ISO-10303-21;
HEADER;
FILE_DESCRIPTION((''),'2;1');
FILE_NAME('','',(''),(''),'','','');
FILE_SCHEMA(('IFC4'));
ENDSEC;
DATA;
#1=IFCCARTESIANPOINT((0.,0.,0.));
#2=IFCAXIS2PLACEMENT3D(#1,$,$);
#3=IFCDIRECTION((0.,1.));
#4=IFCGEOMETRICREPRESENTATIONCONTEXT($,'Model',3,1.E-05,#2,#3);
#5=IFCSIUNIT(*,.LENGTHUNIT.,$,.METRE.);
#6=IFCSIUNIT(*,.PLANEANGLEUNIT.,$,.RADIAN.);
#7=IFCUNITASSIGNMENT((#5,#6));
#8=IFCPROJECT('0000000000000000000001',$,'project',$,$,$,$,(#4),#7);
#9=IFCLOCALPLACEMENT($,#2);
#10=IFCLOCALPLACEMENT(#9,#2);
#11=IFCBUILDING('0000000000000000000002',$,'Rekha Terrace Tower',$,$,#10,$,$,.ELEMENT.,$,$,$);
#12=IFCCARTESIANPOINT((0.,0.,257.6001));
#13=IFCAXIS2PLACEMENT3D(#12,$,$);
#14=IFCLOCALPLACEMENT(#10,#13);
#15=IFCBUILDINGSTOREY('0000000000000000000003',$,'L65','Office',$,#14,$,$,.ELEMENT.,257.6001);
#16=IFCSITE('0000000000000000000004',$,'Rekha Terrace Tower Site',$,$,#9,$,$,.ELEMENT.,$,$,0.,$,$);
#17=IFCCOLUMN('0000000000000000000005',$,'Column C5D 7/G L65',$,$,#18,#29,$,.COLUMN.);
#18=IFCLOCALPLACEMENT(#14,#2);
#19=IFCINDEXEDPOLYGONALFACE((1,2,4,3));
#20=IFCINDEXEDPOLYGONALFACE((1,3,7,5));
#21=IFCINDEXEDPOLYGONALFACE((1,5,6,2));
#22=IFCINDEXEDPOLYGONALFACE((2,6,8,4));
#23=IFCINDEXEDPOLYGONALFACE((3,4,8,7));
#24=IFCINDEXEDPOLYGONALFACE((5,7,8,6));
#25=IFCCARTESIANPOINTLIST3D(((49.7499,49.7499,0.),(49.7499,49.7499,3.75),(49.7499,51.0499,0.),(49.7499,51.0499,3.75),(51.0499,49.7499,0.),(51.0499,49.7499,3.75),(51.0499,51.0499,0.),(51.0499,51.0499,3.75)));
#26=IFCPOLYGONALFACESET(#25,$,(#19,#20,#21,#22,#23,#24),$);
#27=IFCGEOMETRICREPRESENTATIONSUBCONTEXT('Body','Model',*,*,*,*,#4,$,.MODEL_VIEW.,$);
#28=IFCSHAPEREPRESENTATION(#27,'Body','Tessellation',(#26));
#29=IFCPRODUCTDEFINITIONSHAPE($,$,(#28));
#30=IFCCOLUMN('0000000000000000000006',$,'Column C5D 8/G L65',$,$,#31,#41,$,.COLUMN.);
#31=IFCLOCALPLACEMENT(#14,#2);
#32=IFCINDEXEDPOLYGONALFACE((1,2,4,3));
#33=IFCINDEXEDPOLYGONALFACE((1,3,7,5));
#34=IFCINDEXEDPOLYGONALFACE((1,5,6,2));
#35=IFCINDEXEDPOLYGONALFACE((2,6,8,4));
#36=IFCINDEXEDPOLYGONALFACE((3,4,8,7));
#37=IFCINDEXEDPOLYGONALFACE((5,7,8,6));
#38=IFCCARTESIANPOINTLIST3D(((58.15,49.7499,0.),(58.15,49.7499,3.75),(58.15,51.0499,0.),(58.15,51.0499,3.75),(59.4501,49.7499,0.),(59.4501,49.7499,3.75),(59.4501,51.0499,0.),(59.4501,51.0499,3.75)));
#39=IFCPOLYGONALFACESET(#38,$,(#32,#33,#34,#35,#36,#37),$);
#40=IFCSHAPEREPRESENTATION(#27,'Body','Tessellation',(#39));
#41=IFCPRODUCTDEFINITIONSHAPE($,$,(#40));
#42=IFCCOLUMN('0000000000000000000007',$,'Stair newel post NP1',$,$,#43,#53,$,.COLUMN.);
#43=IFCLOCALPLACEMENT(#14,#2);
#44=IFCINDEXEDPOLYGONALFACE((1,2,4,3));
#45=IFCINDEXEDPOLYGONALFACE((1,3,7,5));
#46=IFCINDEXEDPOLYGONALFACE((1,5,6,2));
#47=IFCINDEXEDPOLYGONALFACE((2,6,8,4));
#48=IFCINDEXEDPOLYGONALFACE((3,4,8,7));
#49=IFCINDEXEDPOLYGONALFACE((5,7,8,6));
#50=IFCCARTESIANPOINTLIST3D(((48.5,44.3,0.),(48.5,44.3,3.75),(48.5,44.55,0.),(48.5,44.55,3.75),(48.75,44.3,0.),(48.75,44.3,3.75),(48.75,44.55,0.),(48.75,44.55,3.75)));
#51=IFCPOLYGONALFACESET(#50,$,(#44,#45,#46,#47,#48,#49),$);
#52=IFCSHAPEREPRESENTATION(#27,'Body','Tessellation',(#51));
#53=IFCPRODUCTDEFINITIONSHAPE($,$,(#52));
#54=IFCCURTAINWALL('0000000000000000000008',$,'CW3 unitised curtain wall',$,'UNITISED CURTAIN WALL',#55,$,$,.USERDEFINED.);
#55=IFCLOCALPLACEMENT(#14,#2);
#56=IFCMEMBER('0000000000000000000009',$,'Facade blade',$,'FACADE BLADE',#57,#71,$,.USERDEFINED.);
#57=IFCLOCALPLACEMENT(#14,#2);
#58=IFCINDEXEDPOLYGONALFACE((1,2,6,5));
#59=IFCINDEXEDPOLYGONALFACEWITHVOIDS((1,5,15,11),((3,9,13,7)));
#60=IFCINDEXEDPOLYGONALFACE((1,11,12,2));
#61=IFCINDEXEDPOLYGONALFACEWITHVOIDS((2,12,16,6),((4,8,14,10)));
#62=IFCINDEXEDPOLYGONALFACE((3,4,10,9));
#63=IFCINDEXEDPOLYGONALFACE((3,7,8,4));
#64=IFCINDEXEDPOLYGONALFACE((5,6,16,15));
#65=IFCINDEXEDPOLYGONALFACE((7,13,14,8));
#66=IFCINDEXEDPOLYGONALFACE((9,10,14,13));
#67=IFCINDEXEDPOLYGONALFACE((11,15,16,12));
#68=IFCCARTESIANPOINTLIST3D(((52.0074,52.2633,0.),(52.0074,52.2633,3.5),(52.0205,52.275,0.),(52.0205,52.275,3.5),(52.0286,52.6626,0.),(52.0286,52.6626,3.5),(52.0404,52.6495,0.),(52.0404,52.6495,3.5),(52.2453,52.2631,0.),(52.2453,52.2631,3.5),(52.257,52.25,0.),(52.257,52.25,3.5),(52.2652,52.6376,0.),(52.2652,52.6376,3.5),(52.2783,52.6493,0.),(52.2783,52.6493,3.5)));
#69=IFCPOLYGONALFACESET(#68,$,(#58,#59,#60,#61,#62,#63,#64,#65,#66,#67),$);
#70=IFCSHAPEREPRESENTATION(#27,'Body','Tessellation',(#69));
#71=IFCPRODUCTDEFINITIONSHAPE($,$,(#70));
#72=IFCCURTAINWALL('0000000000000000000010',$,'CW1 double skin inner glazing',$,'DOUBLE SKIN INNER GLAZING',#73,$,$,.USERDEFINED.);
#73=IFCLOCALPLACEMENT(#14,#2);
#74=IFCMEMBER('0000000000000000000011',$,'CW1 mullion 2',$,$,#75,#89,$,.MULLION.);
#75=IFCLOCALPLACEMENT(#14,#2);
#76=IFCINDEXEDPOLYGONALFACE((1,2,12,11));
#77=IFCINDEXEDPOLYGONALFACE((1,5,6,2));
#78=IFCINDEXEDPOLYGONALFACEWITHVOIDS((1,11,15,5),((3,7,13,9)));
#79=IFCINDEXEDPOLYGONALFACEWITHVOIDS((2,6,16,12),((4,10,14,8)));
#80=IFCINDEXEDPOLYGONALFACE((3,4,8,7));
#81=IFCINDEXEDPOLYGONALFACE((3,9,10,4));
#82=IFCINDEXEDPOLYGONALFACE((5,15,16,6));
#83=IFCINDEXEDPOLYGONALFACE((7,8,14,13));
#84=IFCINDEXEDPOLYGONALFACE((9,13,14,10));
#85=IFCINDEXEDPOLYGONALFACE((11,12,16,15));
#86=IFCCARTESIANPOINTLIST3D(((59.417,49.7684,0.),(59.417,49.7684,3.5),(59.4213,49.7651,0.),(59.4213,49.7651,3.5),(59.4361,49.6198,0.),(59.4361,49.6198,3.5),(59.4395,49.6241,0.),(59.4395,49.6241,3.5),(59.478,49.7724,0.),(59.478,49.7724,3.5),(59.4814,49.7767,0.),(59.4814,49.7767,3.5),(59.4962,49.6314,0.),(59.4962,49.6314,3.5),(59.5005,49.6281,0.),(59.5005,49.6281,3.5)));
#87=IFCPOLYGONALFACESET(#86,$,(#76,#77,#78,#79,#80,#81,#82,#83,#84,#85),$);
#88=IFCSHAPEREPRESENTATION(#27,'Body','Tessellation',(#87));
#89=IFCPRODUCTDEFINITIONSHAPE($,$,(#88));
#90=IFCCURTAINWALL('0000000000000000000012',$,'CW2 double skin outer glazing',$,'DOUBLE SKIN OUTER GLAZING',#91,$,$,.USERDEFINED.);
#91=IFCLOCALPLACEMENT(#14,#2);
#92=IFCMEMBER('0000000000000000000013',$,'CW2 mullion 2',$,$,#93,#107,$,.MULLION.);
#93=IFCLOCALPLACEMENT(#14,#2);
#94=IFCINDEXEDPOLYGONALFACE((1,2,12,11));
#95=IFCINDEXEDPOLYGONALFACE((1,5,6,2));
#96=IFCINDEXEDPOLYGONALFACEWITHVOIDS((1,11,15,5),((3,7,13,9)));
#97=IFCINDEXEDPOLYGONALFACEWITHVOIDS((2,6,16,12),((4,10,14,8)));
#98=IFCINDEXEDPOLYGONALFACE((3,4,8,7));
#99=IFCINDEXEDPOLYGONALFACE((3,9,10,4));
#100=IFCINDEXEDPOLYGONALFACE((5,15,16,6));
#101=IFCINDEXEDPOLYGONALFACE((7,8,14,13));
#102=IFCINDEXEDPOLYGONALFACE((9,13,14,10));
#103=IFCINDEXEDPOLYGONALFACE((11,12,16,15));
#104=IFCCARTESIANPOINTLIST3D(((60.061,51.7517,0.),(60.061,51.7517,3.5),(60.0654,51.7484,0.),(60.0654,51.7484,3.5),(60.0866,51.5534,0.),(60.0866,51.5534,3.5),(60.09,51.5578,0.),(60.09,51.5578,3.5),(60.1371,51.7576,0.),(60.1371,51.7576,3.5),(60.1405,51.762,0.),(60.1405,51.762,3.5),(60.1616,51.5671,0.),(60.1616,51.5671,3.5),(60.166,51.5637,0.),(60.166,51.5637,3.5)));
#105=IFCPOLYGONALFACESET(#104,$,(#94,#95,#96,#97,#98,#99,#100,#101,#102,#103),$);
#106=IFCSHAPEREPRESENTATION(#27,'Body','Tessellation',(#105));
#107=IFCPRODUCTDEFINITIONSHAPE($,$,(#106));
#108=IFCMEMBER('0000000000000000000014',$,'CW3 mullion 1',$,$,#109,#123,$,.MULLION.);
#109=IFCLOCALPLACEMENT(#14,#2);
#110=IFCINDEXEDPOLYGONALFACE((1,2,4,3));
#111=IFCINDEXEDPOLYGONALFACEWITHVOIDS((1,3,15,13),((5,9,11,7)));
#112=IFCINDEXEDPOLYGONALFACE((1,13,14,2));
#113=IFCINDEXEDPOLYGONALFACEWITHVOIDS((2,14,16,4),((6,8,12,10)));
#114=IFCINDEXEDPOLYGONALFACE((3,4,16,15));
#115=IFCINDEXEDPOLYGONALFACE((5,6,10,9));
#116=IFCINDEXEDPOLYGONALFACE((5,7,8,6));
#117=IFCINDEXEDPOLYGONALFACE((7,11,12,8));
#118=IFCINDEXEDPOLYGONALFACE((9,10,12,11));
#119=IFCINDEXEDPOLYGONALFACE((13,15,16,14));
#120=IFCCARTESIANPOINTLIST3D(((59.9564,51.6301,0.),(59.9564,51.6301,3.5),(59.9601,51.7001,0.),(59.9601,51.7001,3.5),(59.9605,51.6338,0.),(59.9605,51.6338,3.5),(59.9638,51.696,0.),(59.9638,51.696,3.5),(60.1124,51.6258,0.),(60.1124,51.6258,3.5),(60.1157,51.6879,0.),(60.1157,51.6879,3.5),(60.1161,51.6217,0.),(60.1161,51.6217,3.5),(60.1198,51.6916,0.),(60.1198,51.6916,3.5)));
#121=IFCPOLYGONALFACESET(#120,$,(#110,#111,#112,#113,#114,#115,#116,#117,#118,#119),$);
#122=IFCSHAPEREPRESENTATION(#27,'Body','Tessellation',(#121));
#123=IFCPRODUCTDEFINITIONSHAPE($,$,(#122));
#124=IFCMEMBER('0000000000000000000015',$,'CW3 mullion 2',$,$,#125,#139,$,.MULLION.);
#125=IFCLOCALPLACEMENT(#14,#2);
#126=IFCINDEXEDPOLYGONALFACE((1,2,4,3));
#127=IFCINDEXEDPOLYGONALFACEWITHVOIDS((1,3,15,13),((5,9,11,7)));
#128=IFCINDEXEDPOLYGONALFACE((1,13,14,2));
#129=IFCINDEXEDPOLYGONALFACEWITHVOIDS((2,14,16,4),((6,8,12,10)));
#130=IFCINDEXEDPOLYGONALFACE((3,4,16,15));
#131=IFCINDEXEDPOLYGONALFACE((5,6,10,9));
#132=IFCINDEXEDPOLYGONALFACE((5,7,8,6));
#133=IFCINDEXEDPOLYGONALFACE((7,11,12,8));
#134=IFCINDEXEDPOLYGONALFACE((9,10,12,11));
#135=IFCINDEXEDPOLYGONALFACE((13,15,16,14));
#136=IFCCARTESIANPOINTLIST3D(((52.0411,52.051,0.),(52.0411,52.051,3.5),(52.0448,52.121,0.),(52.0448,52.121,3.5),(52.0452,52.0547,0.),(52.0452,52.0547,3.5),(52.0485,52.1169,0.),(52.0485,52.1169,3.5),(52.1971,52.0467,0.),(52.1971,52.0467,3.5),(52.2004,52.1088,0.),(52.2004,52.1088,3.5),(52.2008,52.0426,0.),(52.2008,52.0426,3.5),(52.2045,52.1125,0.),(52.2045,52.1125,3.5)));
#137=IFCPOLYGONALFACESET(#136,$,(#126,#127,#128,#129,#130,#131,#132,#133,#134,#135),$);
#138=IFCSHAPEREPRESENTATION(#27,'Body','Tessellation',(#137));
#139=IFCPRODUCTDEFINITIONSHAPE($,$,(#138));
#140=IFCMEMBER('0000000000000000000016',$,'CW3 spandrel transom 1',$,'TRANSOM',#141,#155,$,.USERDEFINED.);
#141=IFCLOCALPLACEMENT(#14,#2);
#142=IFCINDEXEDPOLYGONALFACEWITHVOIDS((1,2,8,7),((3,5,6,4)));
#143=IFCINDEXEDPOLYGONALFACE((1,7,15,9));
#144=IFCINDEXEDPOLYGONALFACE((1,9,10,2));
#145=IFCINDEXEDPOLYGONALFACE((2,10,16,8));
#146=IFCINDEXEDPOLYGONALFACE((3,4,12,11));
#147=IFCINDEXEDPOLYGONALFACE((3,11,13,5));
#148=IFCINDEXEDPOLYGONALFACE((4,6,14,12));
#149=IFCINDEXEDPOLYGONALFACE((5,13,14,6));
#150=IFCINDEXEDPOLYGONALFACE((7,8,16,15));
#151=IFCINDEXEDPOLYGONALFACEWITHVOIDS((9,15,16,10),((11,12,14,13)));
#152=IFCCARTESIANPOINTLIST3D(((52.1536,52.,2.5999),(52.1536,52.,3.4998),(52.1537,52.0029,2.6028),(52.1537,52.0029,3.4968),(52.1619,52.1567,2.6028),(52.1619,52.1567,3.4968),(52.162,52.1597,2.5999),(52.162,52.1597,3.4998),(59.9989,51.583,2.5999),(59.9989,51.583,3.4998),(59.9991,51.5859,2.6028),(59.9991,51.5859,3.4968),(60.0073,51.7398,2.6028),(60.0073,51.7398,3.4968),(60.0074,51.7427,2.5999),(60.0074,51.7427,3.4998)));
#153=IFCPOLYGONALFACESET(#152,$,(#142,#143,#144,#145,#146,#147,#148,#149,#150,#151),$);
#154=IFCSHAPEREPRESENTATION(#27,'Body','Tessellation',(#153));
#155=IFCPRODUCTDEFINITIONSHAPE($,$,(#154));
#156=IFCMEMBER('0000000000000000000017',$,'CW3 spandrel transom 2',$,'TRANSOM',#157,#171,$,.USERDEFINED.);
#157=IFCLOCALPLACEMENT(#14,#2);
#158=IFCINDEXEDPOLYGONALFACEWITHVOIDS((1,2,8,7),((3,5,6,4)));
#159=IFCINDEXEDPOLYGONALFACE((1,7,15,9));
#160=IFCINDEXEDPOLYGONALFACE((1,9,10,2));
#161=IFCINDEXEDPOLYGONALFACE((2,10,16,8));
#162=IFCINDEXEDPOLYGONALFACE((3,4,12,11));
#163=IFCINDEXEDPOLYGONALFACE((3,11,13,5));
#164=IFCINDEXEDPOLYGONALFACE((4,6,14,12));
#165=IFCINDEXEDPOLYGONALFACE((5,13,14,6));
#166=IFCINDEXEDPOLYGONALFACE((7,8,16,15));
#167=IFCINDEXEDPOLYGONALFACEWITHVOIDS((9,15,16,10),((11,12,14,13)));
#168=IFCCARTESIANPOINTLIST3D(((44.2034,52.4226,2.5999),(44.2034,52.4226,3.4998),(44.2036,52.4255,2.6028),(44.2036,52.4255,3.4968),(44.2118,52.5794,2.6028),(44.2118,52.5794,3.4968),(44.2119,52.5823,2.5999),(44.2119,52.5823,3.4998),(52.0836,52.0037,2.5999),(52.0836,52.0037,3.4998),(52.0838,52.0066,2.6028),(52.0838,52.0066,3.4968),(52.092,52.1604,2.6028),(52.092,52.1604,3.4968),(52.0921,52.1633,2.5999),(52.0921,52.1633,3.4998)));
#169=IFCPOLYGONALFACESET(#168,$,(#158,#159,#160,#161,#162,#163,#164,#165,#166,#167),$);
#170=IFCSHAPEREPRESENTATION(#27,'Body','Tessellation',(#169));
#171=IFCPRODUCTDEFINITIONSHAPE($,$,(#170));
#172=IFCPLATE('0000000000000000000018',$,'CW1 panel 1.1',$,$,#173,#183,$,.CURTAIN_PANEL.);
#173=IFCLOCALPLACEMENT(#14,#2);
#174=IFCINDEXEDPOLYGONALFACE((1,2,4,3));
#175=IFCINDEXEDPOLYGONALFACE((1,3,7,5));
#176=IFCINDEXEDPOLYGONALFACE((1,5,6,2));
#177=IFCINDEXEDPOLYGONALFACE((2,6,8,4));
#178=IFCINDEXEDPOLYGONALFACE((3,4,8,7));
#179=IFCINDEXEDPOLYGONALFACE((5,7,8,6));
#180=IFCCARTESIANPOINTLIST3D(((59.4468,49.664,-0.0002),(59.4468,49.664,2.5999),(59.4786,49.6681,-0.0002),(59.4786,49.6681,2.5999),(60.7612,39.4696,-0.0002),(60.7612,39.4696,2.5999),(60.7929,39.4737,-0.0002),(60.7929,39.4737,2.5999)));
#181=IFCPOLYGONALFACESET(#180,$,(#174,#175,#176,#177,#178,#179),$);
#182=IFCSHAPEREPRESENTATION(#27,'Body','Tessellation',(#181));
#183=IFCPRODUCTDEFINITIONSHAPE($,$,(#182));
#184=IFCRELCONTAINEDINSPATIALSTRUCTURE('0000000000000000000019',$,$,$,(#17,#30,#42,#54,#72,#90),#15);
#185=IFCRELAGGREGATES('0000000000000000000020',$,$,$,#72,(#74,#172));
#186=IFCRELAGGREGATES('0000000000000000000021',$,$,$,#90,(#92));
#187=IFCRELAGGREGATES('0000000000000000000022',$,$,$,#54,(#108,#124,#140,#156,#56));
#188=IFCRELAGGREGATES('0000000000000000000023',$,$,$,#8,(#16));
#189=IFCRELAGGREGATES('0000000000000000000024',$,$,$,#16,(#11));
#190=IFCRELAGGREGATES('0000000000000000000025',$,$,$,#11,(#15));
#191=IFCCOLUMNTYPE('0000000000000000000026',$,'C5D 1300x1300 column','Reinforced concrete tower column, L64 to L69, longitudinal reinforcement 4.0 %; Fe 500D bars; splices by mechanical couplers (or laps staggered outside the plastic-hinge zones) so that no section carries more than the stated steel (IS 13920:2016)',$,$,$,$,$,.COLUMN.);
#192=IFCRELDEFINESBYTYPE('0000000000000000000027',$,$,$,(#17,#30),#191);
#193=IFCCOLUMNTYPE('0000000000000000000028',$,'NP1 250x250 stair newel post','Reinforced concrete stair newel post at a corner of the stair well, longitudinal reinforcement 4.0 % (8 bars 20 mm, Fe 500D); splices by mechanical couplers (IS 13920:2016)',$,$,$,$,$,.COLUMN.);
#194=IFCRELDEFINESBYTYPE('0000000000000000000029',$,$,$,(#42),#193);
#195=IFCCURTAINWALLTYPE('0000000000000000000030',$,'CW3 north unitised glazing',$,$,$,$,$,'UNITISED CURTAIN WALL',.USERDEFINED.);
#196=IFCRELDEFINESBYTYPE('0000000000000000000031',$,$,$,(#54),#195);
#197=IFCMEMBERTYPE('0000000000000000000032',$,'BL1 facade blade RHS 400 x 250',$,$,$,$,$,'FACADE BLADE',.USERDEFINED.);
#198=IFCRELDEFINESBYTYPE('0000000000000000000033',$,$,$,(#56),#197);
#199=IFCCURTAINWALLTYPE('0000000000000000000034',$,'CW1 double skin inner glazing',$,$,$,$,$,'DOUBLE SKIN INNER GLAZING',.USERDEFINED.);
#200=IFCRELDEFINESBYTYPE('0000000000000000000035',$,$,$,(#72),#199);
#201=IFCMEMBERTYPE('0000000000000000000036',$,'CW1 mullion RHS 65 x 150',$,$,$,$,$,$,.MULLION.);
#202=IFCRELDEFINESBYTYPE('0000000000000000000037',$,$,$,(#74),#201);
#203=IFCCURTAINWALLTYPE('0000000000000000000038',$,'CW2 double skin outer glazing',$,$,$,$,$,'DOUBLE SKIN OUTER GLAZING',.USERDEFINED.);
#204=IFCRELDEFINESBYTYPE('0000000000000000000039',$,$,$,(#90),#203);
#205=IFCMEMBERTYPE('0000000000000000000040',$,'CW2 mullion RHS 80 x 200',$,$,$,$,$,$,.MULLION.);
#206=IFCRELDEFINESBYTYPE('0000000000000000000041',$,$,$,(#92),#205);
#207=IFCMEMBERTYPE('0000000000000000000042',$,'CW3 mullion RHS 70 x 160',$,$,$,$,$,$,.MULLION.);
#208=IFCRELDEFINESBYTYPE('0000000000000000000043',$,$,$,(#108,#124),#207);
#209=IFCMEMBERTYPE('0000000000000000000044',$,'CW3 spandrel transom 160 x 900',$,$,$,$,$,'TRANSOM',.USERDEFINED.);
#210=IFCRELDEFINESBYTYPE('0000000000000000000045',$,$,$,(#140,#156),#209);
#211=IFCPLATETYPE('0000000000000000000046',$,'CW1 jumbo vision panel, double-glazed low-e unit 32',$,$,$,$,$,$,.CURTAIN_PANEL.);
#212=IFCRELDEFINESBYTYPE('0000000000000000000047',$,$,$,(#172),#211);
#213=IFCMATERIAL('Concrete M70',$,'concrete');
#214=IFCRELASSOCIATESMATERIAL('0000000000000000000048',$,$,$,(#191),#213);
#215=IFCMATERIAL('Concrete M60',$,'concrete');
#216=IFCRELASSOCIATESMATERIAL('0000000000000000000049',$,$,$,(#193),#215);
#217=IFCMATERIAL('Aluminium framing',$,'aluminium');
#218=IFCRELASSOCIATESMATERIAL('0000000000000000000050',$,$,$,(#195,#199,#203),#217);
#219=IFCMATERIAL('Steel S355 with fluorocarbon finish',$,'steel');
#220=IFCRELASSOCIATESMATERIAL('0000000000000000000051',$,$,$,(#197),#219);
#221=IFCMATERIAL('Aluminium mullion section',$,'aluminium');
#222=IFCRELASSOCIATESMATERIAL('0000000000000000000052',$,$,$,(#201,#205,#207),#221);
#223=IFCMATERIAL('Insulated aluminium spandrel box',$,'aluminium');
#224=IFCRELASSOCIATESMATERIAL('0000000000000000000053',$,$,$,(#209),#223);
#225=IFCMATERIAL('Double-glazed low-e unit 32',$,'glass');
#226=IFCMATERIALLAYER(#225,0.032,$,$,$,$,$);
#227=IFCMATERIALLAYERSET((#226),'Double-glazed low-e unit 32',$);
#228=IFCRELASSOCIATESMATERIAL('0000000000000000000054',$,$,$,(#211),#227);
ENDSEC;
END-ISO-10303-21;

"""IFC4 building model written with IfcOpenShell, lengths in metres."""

from ifc_helpers import new_model, si_unit, direction, frame, origin, origin_2d, place, context, subcontext, project, spatial, rectangle, hollow_rectangle, extrude, material, layer, layer_set, material_profile, profile_set, type_object, element, aggregate, save


model = new_model("IFC4")

# Units and contexts
model_context = context("Model", 3, precision=1e-05, world=origin(), true_north=direction((0.0, 1.0)))
body_context = subcontext(model_context, "Body", "Model", "MODEL_VIEW")
ifc_project = project(units=[si_unit("LENGTHUNIT", "METRE"), si_unit("PLANEANGLEUNIT", "RADIAN")], contexts=[model_context])

# Site, building, storey
site_placement = place(None, origin())
site = spatial("IfcSite", under=ifc_project, at=site_placement, Name="Rekha Terrace Tower Site", CompositionType="ELEMENT", RefElevation=0.0)
building_placement = place(site_placement, origin())
building = spatial("IfcBuilding", under=site, at=building_placement, Name="Rekha Terrace Tower", CompositionType="ELEMENT")
storey_placement = place(building_placement, frame((0.0, 0.0, 257.6001)))
storey = spatial("IfcBuildingStorey", under=building, at=storey_placement, Name="L65", Description="Office", CompositionType="ELEMENT", Elevation=257.6001)

# Columns
ifc_material_1 = material(Name="Concrete M70", Category="concrete")
ifc_material_profile_1 = material_profile(ifc_material_1, rectangle(XDim=1.3, YDim=1.3, at=origin_2d()), Name="RC 1300x1300")
ifc_profile_set_1 = profile_set([ifc_material_profile_1], Name="Concrete M70")
column_type_1 = type_object("IfcColumnType", Name="C5D 1300x1300 column", Description="Reinforced concrete tower column, L64 to L69, longitudinal reinforcement 4.0 %; Fe 500D bars; splices by mechanical couplers (or laps staggered outside the plastic-hinge zones) so that no section carries more than the stated steel (IS 13920:2016)", PredefinedType="COLUMN", material=ifc_profile_set_1)
for number, where, z_axis, x_axis, name in (
    (1, (50.3999, 50.3999, 0.0), (0.0, 0.0, 1.0), (1.0, 0.0, 0.0), "Column C5D 7/G L65"),
    (2, (58.8, 50.3999, 0.0), (0.0, 0.0, 1.0), (1.0, 0.0, 0.0), "Column C5D 8/G L65"),
):
    element("IfcColumn", number, at=place(storey_placement, frame(where, z_axis=z_axis, x_axis=x_axis)), inside=storey, type_object=column_type_1, Name=name, PredefinedType="COLUMN", context=body_context, shape_type="SweptSolid", body=[
        extrude(rectangle(XDim=1.3, YDim=1.3, at=origin_2d()), origin(), (0.0, 0.0, 1.0), 3.75),
    ])
ifc_material_2 = material(Name="Concrete M60", Category="concrete")
ifc_material_profile_2 = material_profile(ifc_material_2, rectangle(XDim=0.25, YDim=0.25, at=origin_2d()), Name="RC 250x250")
ifc_profile_set_2 = profile_set([ifc_material_profile_2], Name="Concrete M60")
column_type_2 = type_object("IfcColumnType", Name="NP1 250x250 stair newel post", Description="Reinforced concrete stair newel post at a corner of the stair well, longitudinal reinforcement 4.0 % (8 bars 20 mm, Fe 500D); splices by mechanical couplers (IS 13920:2016)", PredefinedType="COLUMN", material=ifc_profile_set_2)
column_placement = place(storey_placement, frame((48.625, 44.425, 0.0), z_axis=(0.0, 0.0, 1.0), x_axis=(1.0, 0.0, 0.0)))
element("IfcColumn", 3, at=column_placement, inside=storey, type_object=column_type_2, Name="Stair newel post NP1", PredefinedType="COLUMN", context=body_context, shape_type="SweptSolid", body=[
    extrude(rectangle(XDim=0.25, YDim=0.25, at=origin_2d()), origin(), (0.0, 0.0, 1.0), 3.75),
])

# Curtain walls, members
ifc_material_3 = material(Name="Aluminium framing", Category="aluminium")
curtain_wall_type_1 = type_object("IfcCurtainWallType", Name="CW3 north unitised glazing", ElementType="UNITISED CURTAIN WALL", PredefinedType="USERDEFINED", material=ifc_material_3)
curtain_wall_1_placement = place(storey_placement, origin())
curtain_wall_1 = element("IfcCurtainWall", 4, at=curtain_wall_1_placement, inside=storey, type_object=curtain_wall_type_1, Name="CW3 unitised curtain wall", ObjectType="UNITISED CURTAIN WALL", PredefinedType="USERDEFINED")
ifc_material_4 = material(Name="Steel S355 with fluorocarbon finish", Category="steel")
ifc_material_profile_3 = material_profile(ifc_material_4, hollow_rectangle(XDim=0.25, YDim=0.3999, WallThickness=0.0125, at=origin_2d()), Name="RHS400x250x12.5")
ifc_profile_set_3 = profile_set([ifc_material_profile_3], Name="Steel S355 with fluorocarbon finish")
member_type_1 = type_object("IfcMemberType", Name="BL1 facade blade RHS 400 x 250", ElementType="FACADE BLADE", PredefinedType="USERDEFINED", material=ifc_profile_set_3)
member_1_placement = place(storey_placement, frame((52.1428, 52.4563, 0.0), z_axis=(0.0, 0.0, 1.0), x_axis=(-0.99859, 0.053084, 0.0)))
member_1 = element("IfcMember", 5, at=member_1_placement, type_object=member_type_1, Name="Facade blade", ObjectType="FACADE BLADE", PredefinedType="USERDEFINED", context=body_context, shape_type="SweptSolid", body=[
    extrude(hollow_rectangle(XDim=0.25, YDim=0.3999, WallThickness=0.0125, at=origin_2d()), origin(), (0.0, 0.0, 1.0), 3.5),
])
curtain_wall_type_2 = type_object("IfcCurtainWallType", Name="CW1 double skin inner glazing", ElementType="DOUBLE SKIN INNER GLAZING", PredefinedType="USERDEFINED", material=ifc_material_3)
curtain_wall_2_placement = place(storey_placement, origin())
curtain_wall_2 = element("IfcCurtainWall", 6, at=curtain_wall_2_placement, inside=storey, type_object=curtain_wall_type_2, Name="CW1 double skin inner glazing", ObjectType="DOUBLE SKIN INNER GLAZING", PredefinedType="USERDEFINED")
ifc_material_5 = material(Name="Aluminium mullion section", Category="aluminium")
ifc_material_profile_4 = material_profile(ifc_material_5, hollow_rectangle(XDim=0.0649, YDim=0.1499, WallThickness=0.0039, at=origin_2d()), Name="AL RHS 65x150")
ifc_profile_set_4 = profile_set([ifc_material_profile_4], Name="Aluminium mullion section")
member_type_2 = type_object("IfcMemberType", Name="CW1 mullion RHS 65 x 150", PredefinedType="MULLION", material=ifc_profile_set_4)
member_2_placement = place(storey_placement, frame((59.4587, 49.6982, 0.0), z_axis=(0.0, 0.0, 1.0), x_axis=(-0.991791, -0.12787, 0.0)))
member_2 = element("IfcMember", 7, at=member_2_placement, type_object=member_type_2, Name="CW1 mullion 2", PredefinedType="MULLION", context=body_context, shape_type="SweptSolid", body=[
    extrude(hollow_rectangle(XDim=0.0649, YDim=0.1499, WallThickness=0.0039, at=origin_2d()), origin(), (0.0, 0.0, 1.0), 3.5),
])
curtain_wall_type_3 = type_object("IfcCurtainWallType", Name="CW2 double skin outer glazing", ElementType="DOUBLE SKIN OUTER GLAZING", PredefinedType="USERDEFINED", material=ifc_material_3)
curtain_wall_3_placement = place(storey_placement, origin())
curtain_wall_3 = element("IfcCurtainWall", 8, at=curtain_wall_3_placement, inside=storey, type_object=curtain_wall_type_3, Name="CW2 double skin outer glazing", ObjectType="DOUBLE SKIN OUTER GLAZING", PredefinedType="USERDEFINED")
ifc_material_profile_5 = material_profile(ifc_material_5, hollow_rectangle(XDim=0.0801, YDim=0.2, WallThickness=0.0039, at=origin_2d()), Name="AL RHS 80x200")
ifc_profile_set_5 = profile_set([ifc_material_profile_5], Name="Aluminium mullion section")
member_type_3 = type_object("IfcMemberType", Name="CW2 mullion RHS 80 x 200", PredefinedType="MULLION", material=ifc_profile_set_5)
member_3_placement = place(storey_placement, frame((60.1135, 51.6577, 0.0), z_axis=(0.0, 0.0, 1.0), x_axis=(-0.991791, -0.12787, 0.0)))
member_3 = element("IfcMember", 9, at=member_3_placement, type_object=member_type_3, Name="CW2 mullion 2", PredefinedType="MULLION", context=body_context, shape_type="SweptSolid", body=[
    extrude(hollow_rectangle(XDim=0.0801, YDim=0.2, WallThickness=0.0039, at=origin_2d()), origin(), (0.0, 0.0, 1.0), 3.5),
])

# Members
ifc_material_profile_6 = material_profile(ifc_material_5, hollow_rectangle(XDim=0.0701, YDim=0.1599, WallThickness=0.0039, at=origin_2d()), Name="AL RHS 70x160")
ifc_profile_set_6 = profile_set([ifc_material_profile_6], Name="Aluminium mullion section")
member_type_4 = type_object("IfcMemberType", Name="CW3 mullion RHS 70 x 160", PredefinedType="MULLION", material=ifc_profile_set_6)
member_4_placement = place(storey_placement, frame((60.0381, 51.6609, 0.0), z_axis=(0.0, 0.0, 1.0), x_axis=(-0.053083, -0.99859, 0.0)))
member_4 = element("IfcMember", 10, at=member_4_placement, type_object=member_type_4, Name="CW3 mullion 1", PredefinedType="MULLION", context=body_context, shape_type="SweptSolid", body=[
    extrude(hollow_rectangle(XDim=0.0701, YDim=0.1599, WallThickness=0.0039, at=origin_2d()), origin(), (0.0, 0.0, 1.0), 3.5),
])
member_5_placement = place(storey_placement, frame((52.1228, 52.0818, 0.0), z_axis=(0.0, 0.0, 1.0), x_axis=(-0.053083, -0.99859, 0.0)))
member_5 = element("IfcMember", 11, at=member_5_placement, type_object=member_type_4, Name="CW3 mullion 2", PredefinedType="MULLION", context=body_context, shape_type="SweptSolid", body=[
    extrude(hollow_rectangle(XDim=0.0701, YDim=0.1599, WallThickness=0.0039, at=origin_2d()), origin(), (0.0, 0.0, 1.0), 3.5),
])
ifc_material_6 = material(Name="Insulated aluminium spandrel box", Category="aluminium")
ifc_material_profile_7 = material_profile(ifc_material_6, hollow_rectangle(XDim=0.1599, YDim=0.8999, WallThickness=0.0029, at=origin_2d()), Name="AL SPANDREL BOX 160x900")
ifc_profile_set_7 = profile_set([ifc_material_profile_7], Name="Insulated aluminium spandrel box")
member_type_5 = type_object("IfcMemberType", Name="CW3 spandrel transom 160 x 900", ElementType="TRANSOM", PredefinedType="USERDEFINED", material=ifc_profile_set_7)
member_6_placement = place(storey_placement, frame((60.0032, 51.6628, 3.0498), z_axis=(-0.99859, 0.053076, 0.0), x_axis=(-0.053076, -0.99859, 0.0)))
member_6 = element("IfcMember", 12, at=member_6_placement, type_object=member_type_5, Name="CW3 spandrel transom 1", ObjectType="TRANSOM", PredefinedType="USERDEFINED", context=body_context, shape_type="SweptSolid", body=[
    extrude(hollow_rectangle(XDim=0.1599, YDim=0.8999, WallThickness=0.0029, at=origin_2d()), origin(), (0.0, 0.0, 1.0), 7.8564),
])
member_7_placement = place(storey_placement, frame((52.0879, 52.0835, 3.0498), z_axis=(-0.99859, 0.05309, 0.0), x_axis=(-0.05309, -0.99859, 0.0)))
member_7 = element("IfcMember", 13, at=member_7_placement, type_object=member_type_5, Name="CW3 spandrel transom 2", ObjectType="TRANSOM", PredefinedType="USERDEFINED", context=body_context, shape_type="SweptSolid", body=[
    extrude(hollow_rectangle(XDim=0.1599, YDim=0.8999, WallThickness=0.0029, at=origin_2d()), origin(), (0.0, 0.0, 1.0), 7.8914),
])

# Plate
ifc_material_7 = material(Name="Double-glazed low-e unit 32", Category="glass")
ifc_layer_1 = layer(ifc_material_7, 0.032)
ifc_layer_set_1 = layer_set([ifc_layer_1], Name="Double-glazed low-e unit 32")
plate_type_1 = type_object("IfcPlateType", Name="CW1 jumbo vision panel, double-glazed low-e unit 32", PredefinedType="CURTAIN_PANEL", material=ifc_layer_set_1)
plate_1_placement = place(storey_placement, frame((60.1199, 44.5688, -0.0002), z_axis=(0.0, 0.0, 1.0), x_axis=(-0.12787, 0.991791, 0.0)))
plate_1 = element("IfcPlate", 14, at=plate_1_placement, type_object=plate_type_1, Name="CW1 panel 1.1", PredefinedType="CURTAIN_PANEL", context=body_context, shape_type="SweptSolid", body=[
    extrude(rectangle(XDim=10.2788, YDim=0.032, at=origin_2d()), origin(), (0.0, 0.0, 1.0), 2.6001),
])
aggregate(curtain_wall_2, [member_2, plate_1])
aggregate(curtain_wall_3, [member_3])
aggregate(curtain_wall_1, [member_4, member_5, member_6, member_7, member_1])

save(model, "model.ifc")
